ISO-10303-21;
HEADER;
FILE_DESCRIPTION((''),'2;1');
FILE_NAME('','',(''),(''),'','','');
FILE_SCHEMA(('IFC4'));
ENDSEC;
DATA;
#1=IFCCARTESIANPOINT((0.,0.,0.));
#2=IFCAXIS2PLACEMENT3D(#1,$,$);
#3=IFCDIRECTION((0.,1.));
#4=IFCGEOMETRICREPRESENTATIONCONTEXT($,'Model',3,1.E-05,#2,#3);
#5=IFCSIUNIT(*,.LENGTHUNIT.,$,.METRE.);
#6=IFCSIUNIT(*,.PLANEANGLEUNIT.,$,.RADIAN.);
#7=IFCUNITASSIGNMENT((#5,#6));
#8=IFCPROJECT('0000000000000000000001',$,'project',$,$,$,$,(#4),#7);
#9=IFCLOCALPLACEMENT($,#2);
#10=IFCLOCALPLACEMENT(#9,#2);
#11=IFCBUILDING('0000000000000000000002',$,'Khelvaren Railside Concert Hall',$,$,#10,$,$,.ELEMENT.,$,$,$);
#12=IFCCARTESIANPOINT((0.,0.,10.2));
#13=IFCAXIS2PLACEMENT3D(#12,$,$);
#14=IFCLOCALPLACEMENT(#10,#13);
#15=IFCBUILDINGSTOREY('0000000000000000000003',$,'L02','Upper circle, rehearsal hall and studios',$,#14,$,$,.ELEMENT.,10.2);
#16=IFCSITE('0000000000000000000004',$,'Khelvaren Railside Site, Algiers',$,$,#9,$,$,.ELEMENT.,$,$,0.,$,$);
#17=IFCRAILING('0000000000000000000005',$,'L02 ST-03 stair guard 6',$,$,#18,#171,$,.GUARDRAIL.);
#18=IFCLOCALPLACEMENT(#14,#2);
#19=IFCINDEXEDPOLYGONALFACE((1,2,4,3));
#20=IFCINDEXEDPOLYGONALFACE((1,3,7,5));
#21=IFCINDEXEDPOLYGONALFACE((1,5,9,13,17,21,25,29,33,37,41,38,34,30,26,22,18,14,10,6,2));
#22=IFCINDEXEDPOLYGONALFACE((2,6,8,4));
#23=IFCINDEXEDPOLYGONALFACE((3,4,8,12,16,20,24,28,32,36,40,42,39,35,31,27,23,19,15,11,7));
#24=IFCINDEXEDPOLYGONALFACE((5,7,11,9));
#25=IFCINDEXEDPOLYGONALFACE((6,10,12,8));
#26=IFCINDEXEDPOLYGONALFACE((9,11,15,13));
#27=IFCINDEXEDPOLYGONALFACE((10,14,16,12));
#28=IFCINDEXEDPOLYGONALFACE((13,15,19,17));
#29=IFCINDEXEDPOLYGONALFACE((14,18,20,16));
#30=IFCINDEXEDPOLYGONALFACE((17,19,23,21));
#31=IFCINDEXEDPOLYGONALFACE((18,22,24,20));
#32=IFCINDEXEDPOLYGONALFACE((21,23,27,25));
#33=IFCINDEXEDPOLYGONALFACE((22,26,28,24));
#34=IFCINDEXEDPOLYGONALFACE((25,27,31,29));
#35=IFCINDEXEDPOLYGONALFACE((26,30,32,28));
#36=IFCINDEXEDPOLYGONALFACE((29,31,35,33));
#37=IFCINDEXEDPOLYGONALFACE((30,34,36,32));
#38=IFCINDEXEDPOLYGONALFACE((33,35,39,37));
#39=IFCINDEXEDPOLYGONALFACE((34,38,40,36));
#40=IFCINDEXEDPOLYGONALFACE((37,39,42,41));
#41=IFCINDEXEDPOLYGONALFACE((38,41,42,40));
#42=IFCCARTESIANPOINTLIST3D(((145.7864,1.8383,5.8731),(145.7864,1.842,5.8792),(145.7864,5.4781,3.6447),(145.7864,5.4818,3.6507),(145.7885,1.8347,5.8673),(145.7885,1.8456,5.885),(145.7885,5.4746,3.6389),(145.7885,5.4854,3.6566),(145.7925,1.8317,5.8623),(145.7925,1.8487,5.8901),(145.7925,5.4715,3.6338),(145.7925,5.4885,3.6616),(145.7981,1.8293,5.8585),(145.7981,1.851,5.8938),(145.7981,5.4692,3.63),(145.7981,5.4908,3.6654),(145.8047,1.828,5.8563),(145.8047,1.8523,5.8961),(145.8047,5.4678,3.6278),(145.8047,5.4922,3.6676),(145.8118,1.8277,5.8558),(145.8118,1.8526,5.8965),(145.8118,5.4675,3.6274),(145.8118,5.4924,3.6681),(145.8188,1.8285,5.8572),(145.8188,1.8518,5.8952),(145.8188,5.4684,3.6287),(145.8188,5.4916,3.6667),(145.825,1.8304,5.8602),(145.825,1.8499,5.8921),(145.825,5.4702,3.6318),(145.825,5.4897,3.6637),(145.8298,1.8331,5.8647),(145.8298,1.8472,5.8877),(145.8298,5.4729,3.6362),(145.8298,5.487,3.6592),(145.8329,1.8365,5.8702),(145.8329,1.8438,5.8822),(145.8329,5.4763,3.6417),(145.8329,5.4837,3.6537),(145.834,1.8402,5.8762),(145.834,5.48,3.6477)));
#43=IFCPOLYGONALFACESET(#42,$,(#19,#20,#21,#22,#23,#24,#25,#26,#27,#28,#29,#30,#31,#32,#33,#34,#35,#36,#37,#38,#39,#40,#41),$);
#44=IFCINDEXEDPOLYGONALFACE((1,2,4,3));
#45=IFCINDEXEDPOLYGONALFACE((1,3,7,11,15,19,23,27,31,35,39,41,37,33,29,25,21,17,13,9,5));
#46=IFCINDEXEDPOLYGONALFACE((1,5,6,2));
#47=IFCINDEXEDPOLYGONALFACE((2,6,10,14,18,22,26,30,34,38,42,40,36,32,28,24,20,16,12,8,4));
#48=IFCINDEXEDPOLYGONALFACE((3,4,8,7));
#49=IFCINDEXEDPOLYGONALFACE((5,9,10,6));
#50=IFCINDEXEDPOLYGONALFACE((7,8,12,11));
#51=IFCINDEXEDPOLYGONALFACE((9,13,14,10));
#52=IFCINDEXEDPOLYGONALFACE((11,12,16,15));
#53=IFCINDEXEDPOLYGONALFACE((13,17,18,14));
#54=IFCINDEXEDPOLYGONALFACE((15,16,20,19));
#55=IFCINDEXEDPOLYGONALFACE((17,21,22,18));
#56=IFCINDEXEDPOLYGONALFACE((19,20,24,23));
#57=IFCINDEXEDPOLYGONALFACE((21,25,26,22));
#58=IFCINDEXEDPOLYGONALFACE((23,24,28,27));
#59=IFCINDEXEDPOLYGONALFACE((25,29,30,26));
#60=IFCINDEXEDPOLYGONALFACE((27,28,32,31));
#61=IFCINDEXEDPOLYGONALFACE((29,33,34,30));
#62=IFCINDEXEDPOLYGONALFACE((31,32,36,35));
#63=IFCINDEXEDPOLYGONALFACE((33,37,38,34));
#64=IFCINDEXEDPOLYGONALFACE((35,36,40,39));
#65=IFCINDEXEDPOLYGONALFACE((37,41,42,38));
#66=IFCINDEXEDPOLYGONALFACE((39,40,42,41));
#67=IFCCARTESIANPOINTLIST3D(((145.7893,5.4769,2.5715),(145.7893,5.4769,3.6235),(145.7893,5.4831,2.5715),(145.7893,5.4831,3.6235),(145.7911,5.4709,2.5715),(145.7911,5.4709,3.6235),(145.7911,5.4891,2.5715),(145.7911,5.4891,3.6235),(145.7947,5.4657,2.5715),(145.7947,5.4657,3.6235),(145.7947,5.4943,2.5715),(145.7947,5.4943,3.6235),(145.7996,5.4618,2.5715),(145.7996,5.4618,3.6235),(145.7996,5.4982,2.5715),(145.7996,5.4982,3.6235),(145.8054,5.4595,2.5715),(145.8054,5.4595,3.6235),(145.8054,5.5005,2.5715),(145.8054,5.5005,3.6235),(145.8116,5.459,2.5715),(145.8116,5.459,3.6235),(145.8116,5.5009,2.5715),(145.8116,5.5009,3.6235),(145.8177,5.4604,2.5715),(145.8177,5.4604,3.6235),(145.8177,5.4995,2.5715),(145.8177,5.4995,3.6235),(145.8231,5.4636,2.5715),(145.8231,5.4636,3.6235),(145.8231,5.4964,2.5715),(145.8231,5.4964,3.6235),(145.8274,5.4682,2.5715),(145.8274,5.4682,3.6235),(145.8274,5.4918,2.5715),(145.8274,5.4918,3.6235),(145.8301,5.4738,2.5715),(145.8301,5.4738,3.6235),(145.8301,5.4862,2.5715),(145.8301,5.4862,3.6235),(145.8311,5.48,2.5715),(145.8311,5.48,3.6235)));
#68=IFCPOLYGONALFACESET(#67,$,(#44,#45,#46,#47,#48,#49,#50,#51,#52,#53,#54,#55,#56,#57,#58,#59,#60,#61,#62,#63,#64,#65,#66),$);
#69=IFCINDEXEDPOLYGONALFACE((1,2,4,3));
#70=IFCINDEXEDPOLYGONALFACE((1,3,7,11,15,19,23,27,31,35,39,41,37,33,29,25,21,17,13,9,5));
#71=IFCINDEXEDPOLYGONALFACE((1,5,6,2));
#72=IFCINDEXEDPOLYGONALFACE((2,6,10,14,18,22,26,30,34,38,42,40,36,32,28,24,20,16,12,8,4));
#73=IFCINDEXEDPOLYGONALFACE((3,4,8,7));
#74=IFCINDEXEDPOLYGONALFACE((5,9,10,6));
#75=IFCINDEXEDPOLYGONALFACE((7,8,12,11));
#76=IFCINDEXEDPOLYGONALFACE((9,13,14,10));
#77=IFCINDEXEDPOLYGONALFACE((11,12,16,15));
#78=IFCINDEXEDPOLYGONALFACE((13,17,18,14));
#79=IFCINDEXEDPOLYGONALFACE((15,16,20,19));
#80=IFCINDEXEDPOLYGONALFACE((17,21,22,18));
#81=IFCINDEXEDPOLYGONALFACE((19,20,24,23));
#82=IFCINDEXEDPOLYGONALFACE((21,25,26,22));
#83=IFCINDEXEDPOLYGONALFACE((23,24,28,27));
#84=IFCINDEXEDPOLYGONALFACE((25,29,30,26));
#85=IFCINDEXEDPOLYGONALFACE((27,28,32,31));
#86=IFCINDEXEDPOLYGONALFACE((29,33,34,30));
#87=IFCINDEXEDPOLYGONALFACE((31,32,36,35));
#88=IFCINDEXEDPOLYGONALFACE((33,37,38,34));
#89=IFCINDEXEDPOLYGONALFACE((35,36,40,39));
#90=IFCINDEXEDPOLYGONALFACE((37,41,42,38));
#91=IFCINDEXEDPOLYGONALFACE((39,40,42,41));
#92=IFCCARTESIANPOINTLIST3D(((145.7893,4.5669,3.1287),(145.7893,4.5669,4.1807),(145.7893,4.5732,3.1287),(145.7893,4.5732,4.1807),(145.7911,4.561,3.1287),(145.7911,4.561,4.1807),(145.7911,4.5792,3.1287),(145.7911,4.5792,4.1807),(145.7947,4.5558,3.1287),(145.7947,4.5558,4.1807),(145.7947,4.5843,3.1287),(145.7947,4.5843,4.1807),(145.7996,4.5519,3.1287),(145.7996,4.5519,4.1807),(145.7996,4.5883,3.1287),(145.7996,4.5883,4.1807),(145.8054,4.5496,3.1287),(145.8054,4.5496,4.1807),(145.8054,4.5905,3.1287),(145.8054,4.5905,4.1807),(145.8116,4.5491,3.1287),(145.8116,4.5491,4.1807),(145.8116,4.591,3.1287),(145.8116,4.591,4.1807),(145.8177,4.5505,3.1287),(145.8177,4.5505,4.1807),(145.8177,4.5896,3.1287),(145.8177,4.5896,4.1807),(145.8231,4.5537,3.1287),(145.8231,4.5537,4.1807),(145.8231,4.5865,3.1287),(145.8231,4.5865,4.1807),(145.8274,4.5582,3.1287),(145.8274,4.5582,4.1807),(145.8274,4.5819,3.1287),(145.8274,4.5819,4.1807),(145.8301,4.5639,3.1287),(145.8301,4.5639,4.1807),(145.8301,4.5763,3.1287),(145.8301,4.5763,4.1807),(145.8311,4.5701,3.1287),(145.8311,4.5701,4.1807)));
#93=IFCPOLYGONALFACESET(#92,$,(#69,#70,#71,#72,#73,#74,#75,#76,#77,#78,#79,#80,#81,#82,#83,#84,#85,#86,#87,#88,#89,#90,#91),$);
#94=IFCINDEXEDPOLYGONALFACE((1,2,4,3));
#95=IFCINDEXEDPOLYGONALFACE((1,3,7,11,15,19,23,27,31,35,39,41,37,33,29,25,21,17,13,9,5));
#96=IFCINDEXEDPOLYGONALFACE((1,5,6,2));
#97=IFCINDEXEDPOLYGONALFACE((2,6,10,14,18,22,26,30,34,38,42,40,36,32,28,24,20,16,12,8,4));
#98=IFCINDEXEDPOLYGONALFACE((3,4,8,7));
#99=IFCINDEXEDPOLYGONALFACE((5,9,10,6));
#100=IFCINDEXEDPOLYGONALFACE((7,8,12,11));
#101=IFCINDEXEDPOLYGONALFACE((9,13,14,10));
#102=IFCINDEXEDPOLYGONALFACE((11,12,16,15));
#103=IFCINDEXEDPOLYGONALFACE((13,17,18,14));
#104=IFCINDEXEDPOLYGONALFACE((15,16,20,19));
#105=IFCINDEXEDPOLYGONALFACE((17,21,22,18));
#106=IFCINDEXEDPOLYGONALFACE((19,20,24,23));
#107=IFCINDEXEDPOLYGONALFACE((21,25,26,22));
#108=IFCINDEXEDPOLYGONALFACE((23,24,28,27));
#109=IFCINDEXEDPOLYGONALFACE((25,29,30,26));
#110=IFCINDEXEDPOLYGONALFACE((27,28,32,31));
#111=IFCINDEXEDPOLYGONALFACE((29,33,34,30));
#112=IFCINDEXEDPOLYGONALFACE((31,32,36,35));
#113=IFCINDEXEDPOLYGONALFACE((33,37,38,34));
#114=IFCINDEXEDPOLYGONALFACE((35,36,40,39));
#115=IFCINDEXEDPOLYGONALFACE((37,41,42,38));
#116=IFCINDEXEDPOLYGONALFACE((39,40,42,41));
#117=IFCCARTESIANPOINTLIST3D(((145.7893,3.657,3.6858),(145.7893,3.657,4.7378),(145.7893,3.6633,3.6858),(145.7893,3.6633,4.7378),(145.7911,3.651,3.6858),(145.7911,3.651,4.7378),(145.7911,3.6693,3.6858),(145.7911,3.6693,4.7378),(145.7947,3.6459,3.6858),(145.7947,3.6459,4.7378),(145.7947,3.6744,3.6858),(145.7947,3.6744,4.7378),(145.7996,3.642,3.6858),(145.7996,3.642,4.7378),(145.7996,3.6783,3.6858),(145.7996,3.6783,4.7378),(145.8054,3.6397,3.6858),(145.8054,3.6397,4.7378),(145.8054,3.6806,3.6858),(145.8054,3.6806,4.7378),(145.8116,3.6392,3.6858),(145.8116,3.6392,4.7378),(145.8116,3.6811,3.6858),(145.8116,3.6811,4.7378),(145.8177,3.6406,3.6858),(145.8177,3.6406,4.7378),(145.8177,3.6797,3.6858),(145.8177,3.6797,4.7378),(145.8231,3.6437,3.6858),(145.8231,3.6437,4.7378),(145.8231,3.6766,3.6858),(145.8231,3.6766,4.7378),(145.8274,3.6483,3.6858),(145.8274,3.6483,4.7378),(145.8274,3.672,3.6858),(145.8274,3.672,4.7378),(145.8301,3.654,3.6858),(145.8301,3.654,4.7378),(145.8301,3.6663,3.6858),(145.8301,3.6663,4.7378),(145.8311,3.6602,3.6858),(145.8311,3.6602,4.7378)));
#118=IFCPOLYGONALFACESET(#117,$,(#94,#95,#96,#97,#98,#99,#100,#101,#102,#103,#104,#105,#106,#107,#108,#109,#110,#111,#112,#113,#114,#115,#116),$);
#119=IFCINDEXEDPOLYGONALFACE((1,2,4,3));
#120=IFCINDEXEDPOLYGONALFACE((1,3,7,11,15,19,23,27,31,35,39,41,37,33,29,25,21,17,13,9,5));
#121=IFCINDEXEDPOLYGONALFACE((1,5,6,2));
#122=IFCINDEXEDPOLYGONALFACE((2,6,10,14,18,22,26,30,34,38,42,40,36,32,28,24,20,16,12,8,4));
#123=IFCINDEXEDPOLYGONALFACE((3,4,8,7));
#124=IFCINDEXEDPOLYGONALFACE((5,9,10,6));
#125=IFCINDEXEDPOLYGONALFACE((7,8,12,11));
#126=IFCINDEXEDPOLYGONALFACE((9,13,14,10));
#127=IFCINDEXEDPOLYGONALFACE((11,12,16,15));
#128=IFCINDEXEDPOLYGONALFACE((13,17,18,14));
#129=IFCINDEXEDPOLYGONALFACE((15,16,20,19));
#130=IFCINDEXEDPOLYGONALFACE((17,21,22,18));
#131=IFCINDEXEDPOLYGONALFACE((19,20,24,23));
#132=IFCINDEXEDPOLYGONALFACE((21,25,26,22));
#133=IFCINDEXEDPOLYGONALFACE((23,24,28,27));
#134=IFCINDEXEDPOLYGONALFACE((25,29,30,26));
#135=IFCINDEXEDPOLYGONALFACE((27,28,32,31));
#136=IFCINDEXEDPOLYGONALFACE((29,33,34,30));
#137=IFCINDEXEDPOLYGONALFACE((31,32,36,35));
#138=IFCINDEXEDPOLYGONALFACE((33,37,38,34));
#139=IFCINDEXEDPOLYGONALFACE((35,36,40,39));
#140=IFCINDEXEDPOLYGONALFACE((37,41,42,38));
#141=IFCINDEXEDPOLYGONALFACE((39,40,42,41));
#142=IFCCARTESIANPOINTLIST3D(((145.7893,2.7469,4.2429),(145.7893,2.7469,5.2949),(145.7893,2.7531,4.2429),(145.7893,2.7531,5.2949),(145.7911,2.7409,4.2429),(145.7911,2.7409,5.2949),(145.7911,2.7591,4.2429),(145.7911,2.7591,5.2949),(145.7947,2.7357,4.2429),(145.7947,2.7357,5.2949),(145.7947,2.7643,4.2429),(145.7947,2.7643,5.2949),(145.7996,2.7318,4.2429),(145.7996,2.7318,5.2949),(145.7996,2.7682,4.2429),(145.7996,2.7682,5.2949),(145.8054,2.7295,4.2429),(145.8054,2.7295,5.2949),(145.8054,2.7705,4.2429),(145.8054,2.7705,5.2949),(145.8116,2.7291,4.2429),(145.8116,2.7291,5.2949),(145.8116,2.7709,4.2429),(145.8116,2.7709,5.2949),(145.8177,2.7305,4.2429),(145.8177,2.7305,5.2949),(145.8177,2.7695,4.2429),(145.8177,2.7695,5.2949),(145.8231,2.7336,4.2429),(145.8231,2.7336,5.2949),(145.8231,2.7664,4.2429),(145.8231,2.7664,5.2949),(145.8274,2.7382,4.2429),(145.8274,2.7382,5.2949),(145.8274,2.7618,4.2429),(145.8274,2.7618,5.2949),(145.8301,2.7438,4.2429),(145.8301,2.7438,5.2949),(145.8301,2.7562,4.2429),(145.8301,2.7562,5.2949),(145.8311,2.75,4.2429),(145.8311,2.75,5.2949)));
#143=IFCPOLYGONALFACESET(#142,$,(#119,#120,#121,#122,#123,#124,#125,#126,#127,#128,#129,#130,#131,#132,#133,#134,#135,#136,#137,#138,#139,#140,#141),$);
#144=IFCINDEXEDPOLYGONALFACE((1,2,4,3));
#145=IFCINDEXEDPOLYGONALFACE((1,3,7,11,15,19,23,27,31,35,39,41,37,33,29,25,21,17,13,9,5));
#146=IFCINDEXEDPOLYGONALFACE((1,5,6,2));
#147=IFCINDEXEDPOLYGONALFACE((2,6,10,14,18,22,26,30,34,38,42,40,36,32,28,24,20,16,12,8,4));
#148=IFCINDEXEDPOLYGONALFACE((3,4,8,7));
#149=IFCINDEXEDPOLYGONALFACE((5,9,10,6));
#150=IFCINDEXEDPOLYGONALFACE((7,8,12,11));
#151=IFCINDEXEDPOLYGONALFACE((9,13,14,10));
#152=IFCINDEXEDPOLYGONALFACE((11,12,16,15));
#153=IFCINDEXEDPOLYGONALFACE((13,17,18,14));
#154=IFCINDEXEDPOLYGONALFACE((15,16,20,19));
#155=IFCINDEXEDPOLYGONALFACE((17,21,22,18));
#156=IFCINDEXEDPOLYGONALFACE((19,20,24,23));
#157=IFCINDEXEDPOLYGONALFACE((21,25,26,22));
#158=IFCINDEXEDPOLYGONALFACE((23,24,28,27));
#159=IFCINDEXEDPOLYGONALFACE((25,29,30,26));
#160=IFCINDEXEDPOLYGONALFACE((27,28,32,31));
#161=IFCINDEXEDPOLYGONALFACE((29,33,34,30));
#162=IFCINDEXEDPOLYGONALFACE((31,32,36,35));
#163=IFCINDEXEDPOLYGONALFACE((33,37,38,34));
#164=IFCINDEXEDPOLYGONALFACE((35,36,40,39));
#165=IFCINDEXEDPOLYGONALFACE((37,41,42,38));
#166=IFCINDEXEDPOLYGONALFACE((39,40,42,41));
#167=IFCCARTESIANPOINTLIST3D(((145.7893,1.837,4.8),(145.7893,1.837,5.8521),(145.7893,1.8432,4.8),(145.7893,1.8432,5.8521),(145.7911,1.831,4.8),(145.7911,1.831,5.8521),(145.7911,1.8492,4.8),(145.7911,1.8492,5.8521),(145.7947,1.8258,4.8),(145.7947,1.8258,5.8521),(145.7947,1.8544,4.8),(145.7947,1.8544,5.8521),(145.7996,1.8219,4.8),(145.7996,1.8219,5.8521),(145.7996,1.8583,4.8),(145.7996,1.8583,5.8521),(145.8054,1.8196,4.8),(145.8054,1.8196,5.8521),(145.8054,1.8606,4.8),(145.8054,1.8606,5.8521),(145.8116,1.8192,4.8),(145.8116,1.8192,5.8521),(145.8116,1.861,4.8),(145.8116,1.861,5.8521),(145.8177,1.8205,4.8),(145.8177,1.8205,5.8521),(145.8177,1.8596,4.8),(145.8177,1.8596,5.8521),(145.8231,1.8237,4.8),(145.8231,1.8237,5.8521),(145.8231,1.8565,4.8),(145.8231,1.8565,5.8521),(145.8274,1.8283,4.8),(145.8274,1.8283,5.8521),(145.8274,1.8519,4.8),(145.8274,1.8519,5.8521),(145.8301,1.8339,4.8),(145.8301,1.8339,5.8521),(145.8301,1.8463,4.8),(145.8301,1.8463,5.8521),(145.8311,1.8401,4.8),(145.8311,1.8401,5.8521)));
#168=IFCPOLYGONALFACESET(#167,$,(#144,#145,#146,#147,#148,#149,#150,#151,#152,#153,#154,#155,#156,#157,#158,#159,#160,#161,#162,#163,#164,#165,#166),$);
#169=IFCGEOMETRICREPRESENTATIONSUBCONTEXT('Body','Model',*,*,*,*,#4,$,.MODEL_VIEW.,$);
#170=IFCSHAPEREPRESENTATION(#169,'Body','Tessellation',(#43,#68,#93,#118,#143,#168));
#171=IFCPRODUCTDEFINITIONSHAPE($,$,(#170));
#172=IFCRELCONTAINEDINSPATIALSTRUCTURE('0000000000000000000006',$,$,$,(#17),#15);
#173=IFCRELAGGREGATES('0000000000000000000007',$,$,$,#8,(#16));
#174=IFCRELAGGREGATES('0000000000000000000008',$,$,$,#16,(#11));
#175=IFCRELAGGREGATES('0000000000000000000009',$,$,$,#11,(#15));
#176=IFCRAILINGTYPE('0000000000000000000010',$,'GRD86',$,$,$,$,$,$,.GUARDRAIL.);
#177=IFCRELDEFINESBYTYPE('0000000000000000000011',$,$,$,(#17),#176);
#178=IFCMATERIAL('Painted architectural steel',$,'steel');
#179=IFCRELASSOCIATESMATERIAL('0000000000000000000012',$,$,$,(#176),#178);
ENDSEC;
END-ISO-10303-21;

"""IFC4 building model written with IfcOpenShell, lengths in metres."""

from ifc_helpers import new_model, si_unit, direction, frame, origin, origin_2d, place, context, subcontext, project, spatial, circle, extrude, material, type_object, element, save


model = new_model("IFC4")

# Units and contexts
model_context = context("Model", 3, precision=1e-05, world=origin(), true_north=direction((0.0, 1.0)))
body_context = subcontext(model_context, "Body", "Model", "MODEL_VIEW")
ifc_project = project(units=[si_unit("LENGTHUNIT", "METRE"), si_unit("PLANEANGLEUNIT", "RADIAN")], contexts=[model_context])

# Site, building, storey
site_placement = place(None, origin())
site = spatial("IfcSite", under=ifc_project, at=site_placement, Name="Khelvaren Railside Site, Algiers", CompositionType="ELEMENT", RefElevation=0.0)
building_placement = place(site_placement, origin())
building = spatial("IfcBuilding", under=site, at=building_placement, Name="Khelvaren Railside Concert Hall", CompositionType="ELEMENT")
storey_placement = place(building_placement, frame((0.0, 0.0, 10.2)))
storey = spatial("IfcBuildingStorey", under=building, at=storey_placement, Name="L02", Description="Upper circle, rehearsal hall and studios", CompositionType="ELEMENT", Elevation=10.2)

# Railing
ifc_material_1 = material(Name="Painted architectural steel", Category="steel")
railing_type_1 = type_object("IfcRailingType", Name="GRD86", PredefinedType="GUARDRAIL", material=ifc_material_1)
railing_1_placement = place(storey_placement, frame((145.8101, 5.48, 2.5715)))
element("IfcRailing", 1, at=railing_1_placement, inside=storey, type_object=railing_type_1, Name="L02 ST-03 stair guard 6", PredefinedType="GUARDRAIL", context=body_context, shape_type="SweptSolid", body=[
    extrude(circle(Radius=0.0239, at=origin_2d()), frame((0.0, 0.0, 1.0762), z_axis=(0.0, -0.85285, 0.522156), x_axis=(1.0, 0.0, 0.0)), (0.0, 0.0, 1.0), 4.2678),
    extrude(circle(Radius=0.021, at=origin_2d()), origin(), (0.0, 0.0, 1.0), 1.052),
    extrude(circle(Radius=0.021, at=origin_2d()), frame((0.0, -0.9099, 0.5571)), (0.0, 0.0, 1.0), 1.052),
    extrude(circle(Radius=0.021, at=origin_2d()), frame((0.0, -1.8198, 1.1143)), (0.0, 0.0, 1.0), 1.052),
    extrude(circle(Radius=0.021, at=origin_2d()), frame((0.0, -2.73, 1.6714)), (0.0, 0.0, 1.0), 1.052),
    extrude(circle(Radius=0.021, at=origin_2d()), frame((0.0, -3.6399, 2.2285)), (0.0, 0.0, 1.0), 1.052),
])

save(model, "model.ifc")
